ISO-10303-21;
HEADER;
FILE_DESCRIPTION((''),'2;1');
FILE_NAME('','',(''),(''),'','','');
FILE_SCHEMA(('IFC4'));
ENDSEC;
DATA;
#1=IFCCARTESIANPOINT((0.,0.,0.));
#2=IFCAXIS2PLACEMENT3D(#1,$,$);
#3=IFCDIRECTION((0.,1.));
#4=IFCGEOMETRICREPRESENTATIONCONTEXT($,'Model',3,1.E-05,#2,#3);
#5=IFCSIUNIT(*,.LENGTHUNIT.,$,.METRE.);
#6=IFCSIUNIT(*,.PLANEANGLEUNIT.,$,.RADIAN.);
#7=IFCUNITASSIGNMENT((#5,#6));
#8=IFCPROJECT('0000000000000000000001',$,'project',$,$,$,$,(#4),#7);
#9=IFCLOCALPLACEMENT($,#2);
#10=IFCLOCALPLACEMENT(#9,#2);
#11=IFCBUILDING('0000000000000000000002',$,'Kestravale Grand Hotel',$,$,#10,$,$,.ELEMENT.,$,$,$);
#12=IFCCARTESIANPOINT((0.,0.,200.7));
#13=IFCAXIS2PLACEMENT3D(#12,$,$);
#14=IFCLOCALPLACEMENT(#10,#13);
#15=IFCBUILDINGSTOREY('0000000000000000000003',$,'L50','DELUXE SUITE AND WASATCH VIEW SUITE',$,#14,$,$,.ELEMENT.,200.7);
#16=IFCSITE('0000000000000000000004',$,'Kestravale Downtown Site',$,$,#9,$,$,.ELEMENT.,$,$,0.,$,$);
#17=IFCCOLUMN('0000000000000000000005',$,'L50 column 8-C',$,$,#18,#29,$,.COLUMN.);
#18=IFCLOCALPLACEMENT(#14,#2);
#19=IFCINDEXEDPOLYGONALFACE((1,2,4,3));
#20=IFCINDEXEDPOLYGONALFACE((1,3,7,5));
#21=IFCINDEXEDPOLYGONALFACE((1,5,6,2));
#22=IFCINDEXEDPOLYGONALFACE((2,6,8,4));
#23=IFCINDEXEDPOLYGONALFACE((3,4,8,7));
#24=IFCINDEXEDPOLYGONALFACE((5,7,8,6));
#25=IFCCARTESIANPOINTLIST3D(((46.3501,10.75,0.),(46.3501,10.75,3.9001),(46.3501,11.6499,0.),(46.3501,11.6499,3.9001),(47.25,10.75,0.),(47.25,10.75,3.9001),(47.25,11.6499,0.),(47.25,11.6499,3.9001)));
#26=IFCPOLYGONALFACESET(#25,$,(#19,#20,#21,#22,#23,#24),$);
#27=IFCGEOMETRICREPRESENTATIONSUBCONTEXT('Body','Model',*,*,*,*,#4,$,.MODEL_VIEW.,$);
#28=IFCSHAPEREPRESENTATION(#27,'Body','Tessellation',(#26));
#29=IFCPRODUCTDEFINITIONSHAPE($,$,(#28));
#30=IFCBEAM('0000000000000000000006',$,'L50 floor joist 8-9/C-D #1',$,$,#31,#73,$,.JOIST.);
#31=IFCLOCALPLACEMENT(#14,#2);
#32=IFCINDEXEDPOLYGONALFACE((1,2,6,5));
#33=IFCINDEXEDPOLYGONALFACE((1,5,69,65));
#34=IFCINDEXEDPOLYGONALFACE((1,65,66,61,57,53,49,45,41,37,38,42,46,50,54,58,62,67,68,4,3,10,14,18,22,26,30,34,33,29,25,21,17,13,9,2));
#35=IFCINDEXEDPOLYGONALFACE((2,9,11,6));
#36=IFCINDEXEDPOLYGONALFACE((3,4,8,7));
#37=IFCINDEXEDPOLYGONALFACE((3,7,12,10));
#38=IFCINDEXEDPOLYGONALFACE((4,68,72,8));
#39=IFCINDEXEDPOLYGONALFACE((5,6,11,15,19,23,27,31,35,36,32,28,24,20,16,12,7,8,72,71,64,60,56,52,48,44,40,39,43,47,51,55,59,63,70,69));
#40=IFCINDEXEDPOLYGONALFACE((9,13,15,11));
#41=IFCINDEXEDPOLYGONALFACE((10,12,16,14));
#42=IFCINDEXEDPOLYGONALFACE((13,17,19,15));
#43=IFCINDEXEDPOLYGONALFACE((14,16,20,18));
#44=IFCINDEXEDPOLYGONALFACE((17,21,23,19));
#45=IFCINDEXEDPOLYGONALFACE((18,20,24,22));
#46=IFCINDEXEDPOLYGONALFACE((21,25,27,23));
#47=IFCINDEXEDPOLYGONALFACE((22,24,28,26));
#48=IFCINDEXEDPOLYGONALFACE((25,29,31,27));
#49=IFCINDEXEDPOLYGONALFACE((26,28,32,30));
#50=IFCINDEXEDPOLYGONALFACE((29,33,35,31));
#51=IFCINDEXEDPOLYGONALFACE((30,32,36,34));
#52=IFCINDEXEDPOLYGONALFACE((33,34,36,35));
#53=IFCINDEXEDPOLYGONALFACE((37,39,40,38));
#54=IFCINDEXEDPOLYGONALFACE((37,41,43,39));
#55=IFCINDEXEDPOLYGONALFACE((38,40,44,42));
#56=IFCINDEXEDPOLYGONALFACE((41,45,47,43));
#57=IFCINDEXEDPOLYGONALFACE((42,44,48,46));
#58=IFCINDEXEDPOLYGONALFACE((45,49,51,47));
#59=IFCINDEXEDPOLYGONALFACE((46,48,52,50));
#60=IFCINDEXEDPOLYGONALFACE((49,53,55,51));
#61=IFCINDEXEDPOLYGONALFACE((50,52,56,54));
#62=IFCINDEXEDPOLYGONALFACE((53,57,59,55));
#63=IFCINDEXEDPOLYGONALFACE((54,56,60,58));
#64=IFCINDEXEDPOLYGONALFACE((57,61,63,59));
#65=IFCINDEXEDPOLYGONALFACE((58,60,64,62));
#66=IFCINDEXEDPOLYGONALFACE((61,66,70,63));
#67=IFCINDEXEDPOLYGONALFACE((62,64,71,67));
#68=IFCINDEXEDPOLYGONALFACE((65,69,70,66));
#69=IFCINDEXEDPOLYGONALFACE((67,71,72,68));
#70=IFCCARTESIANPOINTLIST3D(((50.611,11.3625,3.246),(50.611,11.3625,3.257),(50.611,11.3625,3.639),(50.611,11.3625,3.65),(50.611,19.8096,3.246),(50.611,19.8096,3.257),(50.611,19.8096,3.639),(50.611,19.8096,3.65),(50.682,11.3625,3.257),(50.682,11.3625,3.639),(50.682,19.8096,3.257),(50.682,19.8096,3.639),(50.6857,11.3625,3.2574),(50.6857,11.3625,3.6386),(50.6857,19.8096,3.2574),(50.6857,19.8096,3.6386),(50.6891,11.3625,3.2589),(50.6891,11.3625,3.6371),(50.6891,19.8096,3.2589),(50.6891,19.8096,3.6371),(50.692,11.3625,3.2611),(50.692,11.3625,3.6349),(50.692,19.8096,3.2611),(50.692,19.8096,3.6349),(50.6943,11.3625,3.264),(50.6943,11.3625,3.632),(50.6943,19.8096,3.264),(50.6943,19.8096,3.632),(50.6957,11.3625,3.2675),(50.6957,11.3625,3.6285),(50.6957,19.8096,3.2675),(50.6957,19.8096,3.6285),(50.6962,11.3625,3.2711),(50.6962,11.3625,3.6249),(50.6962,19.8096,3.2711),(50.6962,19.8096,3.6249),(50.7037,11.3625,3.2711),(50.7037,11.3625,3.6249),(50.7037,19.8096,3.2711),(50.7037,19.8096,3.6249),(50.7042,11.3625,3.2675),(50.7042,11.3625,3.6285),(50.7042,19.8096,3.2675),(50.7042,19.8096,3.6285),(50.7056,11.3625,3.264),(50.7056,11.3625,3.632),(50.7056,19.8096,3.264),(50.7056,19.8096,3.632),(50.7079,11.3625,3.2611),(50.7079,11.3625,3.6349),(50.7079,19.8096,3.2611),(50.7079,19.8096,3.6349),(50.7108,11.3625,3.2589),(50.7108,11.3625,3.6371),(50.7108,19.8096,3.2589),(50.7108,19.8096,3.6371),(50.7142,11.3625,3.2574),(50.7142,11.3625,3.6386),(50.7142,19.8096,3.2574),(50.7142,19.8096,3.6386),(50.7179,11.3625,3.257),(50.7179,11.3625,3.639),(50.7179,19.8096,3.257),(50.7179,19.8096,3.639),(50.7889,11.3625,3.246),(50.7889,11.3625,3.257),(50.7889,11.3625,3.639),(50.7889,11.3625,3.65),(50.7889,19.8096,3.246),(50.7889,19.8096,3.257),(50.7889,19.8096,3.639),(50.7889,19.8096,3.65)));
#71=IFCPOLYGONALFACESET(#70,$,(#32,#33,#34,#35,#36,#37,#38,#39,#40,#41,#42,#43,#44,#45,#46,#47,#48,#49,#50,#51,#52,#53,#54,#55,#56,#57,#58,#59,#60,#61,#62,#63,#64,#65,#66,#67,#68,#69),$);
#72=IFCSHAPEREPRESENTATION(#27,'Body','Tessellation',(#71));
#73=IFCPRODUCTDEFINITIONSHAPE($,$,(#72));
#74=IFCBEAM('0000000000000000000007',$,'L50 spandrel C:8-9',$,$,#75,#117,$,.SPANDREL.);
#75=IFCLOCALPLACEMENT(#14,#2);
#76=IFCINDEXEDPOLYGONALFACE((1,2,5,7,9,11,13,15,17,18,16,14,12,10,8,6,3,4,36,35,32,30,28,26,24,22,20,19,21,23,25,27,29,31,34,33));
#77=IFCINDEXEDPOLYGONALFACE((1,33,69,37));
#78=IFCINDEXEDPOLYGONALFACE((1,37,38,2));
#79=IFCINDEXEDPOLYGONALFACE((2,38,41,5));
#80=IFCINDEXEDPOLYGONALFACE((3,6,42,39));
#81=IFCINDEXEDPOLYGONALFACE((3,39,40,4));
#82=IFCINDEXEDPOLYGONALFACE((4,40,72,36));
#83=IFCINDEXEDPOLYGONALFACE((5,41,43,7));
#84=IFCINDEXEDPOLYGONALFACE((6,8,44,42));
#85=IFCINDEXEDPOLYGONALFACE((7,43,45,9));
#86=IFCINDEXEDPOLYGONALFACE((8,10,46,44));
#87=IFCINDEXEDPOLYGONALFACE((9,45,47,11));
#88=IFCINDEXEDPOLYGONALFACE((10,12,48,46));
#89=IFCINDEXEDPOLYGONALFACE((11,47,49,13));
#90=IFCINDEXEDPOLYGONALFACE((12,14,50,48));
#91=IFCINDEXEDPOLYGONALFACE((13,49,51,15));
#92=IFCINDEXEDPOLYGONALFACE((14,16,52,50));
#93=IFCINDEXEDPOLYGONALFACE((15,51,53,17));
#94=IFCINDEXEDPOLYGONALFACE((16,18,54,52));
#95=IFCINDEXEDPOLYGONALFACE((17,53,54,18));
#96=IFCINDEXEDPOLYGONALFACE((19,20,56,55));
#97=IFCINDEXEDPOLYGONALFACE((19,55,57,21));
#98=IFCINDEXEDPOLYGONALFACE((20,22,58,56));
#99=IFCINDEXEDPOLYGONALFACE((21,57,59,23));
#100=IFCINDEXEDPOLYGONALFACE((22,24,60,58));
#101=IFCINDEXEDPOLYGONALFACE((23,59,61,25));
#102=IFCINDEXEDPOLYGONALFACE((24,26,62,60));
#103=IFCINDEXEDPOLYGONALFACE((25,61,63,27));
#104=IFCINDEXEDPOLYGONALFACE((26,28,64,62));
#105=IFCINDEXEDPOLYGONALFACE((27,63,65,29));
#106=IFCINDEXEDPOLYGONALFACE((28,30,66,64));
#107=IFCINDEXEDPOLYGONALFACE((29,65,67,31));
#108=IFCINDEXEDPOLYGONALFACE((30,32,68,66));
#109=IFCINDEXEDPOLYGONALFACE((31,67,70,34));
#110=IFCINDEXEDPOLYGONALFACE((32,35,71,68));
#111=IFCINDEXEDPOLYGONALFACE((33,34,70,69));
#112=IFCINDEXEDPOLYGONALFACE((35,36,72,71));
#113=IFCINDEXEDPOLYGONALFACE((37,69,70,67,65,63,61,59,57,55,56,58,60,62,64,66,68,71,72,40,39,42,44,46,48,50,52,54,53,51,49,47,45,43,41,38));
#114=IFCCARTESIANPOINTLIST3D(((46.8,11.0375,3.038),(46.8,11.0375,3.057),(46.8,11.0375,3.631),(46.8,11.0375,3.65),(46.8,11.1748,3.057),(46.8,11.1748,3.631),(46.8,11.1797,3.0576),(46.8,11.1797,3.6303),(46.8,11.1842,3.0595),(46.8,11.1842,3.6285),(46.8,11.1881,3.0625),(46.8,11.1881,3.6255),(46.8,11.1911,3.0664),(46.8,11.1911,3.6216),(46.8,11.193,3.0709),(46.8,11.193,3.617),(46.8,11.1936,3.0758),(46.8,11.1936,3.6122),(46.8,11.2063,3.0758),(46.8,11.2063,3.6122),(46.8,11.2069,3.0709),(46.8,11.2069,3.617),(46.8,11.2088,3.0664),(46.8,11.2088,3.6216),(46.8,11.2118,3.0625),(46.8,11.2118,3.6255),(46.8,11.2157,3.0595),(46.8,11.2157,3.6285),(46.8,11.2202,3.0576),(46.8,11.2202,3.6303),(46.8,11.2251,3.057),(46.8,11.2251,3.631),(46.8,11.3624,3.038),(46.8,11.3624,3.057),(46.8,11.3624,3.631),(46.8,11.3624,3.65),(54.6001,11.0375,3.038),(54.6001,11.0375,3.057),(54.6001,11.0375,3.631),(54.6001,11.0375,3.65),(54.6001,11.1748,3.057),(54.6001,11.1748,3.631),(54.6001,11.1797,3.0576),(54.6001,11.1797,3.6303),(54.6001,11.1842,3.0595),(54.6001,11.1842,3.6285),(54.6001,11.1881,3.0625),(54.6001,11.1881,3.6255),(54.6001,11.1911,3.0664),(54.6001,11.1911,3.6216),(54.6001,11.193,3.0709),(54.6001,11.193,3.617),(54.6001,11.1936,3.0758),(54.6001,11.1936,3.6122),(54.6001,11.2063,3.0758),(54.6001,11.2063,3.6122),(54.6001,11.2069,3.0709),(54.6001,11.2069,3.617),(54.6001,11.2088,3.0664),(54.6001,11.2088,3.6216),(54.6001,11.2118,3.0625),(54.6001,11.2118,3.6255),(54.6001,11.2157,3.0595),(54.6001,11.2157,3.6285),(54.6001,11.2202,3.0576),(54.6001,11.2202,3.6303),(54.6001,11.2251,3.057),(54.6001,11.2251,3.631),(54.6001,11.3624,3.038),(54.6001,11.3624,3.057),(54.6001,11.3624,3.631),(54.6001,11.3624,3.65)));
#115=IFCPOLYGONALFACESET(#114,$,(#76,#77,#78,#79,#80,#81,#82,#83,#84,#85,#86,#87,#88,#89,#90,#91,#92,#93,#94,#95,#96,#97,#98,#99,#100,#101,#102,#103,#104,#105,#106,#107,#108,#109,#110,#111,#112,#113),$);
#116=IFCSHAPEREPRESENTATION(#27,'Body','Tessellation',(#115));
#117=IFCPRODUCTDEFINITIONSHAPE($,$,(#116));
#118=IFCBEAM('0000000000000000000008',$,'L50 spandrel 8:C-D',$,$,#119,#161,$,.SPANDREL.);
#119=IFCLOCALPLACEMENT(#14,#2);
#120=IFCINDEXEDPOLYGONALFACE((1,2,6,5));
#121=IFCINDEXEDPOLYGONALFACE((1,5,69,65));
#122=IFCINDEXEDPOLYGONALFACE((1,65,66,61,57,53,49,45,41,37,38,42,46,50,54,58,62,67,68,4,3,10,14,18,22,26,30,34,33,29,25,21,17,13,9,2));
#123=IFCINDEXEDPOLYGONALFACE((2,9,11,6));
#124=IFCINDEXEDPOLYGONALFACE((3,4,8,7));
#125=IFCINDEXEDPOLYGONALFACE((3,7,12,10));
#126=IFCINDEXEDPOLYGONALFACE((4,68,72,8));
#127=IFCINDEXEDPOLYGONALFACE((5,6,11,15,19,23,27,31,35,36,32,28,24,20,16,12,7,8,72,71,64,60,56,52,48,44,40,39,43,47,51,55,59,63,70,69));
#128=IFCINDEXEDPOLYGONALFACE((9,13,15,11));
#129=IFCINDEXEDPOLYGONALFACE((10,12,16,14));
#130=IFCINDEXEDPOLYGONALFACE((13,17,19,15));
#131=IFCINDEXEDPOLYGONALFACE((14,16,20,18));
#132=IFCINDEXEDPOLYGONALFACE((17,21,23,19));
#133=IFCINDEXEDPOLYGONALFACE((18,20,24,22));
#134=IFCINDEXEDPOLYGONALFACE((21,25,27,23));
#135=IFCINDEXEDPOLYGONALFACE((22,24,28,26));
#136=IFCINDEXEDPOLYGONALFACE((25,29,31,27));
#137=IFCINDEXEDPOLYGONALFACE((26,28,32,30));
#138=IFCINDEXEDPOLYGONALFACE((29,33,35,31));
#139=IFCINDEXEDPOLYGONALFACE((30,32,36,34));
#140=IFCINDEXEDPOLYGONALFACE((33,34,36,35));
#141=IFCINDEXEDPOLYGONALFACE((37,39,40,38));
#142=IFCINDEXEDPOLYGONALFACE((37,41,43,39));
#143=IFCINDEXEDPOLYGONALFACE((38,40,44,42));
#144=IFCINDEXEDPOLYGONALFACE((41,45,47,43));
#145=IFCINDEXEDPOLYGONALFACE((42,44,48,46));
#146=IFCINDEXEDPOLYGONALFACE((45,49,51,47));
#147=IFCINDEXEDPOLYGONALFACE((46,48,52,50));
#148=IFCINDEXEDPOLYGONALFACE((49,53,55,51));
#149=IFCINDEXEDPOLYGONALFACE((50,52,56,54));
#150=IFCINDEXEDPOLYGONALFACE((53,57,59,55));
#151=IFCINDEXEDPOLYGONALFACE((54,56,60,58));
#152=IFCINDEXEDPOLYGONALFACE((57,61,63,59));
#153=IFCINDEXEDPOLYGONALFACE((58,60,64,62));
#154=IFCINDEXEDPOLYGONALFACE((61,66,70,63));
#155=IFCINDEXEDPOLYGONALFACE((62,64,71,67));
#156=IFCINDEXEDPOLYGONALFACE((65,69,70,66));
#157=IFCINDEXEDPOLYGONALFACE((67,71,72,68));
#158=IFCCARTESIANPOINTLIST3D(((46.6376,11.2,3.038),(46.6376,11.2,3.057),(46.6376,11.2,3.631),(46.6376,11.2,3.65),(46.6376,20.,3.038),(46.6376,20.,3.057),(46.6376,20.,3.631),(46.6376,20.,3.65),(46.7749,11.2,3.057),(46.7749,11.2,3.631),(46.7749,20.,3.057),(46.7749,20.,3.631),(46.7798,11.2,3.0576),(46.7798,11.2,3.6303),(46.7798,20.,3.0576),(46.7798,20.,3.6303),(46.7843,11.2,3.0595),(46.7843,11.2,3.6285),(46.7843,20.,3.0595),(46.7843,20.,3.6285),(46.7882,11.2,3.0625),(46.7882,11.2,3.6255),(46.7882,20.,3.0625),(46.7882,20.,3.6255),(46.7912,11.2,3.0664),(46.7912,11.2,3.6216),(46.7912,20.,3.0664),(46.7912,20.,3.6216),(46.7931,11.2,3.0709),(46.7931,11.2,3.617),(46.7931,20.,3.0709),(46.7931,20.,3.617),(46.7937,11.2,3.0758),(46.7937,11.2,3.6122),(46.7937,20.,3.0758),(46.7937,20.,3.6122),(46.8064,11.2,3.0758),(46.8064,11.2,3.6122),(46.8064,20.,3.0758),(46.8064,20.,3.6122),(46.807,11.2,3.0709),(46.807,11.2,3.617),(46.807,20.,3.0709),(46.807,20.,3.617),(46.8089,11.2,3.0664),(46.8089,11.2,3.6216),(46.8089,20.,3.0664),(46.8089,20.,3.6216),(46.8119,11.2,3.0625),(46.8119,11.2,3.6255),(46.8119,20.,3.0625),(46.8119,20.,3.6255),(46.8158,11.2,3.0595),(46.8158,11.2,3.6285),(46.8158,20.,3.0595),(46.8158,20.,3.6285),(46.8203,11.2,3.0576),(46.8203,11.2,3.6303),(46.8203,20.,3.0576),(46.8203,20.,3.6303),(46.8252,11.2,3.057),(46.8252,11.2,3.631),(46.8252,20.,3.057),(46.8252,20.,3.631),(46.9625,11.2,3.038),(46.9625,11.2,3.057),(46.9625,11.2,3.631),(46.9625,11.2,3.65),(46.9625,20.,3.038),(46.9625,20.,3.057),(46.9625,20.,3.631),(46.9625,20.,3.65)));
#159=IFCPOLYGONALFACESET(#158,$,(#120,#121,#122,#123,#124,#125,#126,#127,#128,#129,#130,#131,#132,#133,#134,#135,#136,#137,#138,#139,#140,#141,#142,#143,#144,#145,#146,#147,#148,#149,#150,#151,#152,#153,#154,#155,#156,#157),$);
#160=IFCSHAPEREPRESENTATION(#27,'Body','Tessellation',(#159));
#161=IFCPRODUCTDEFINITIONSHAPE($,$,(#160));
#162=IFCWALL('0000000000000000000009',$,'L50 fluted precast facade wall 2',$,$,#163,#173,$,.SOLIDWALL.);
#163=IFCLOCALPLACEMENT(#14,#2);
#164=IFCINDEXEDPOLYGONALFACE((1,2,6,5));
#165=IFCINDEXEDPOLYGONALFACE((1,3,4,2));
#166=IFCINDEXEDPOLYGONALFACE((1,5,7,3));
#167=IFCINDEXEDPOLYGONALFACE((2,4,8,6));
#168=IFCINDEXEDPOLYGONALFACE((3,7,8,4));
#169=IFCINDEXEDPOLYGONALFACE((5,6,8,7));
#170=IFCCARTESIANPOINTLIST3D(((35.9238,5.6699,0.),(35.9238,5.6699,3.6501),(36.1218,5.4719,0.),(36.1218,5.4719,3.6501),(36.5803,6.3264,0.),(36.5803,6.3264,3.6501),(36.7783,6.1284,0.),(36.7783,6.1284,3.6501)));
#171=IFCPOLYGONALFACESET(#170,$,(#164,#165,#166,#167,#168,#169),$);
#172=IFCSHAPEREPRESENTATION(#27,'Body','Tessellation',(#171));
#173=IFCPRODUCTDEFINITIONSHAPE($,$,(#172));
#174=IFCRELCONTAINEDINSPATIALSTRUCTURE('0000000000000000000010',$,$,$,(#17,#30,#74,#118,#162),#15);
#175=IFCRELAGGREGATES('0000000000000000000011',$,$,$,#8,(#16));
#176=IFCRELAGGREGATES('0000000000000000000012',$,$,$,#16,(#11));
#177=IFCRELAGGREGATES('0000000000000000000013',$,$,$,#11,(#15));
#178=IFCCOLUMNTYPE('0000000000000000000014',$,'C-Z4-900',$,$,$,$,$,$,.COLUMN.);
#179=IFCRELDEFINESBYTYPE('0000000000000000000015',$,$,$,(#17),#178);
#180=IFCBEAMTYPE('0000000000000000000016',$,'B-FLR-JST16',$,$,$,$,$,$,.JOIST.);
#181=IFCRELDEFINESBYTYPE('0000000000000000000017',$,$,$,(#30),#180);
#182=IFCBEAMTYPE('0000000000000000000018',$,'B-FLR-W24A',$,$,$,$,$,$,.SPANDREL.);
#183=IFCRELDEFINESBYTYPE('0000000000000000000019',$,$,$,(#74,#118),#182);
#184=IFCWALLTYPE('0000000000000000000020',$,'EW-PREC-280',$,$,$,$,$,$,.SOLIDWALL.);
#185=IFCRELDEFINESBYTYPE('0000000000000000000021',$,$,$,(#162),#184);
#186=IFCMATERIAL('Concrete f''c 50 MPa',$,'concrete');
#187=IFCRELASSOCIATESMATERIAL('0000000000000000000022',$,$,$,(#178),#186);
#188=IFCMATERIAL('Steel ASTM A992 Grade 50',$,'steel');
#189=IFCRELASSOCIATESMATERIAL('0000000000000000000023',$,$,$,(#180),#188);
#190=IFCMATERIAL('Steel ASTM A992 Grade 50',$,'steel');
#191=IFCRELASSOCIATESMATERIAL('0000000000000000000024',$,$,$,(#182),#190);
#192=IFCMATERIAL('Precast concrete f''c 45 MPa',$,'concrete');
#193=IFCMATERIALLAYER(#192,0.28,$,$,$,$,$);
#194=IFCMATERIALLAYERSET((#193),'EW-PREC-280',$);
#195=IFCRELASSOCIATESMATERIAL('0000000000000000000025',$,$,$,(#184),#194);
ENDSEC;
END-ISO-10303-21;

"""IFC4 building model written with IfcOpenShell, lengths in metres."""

from ifc_helpers import new_model, si_unit, direction, frame, frame_2d, origin, origin_2d, place, context, subcontext, project, spatial, rectangle, i_section, extrude, material, layer, layer_set, material_profile, profile_set, type_object, element, save


model = new_model("IFC4")

# Units and contexts
model_context = context("Model", 3, precision=1e-05, world=origin(), true_north=direction((0.0, 1.0)))
body_context = subcontext(model_context, "Body", "Model", "MODEL_VIEW")
ifc_project = project(units=[si_unit("LENGTHUNIT", "METRE"), si_unit("PLANEANGLEUNIT", "RADIAN")], contexts=[model_context])

# Site, building, storey
site_placement = place(None, origin())
site = spatial("IfcSite", under=ifc_project, at=site_placement, Name="Kestravale Downtown Site", CompositionType="ELEMENT", RefElevation=0.0)
building_placement = place(site_placement, origin())
building = spatial("IfcBuilding", under=site, at=building_placement, Name="Kestravale Grand Hotel", CompositionType="ELEMENT")
storey_placement = place(building_placement, frame((0.0, 0.0, 200.7)))
storey = spatial("IfcBuildingStorey", under=building, at=storey_placement, Name="L50", Description="DELUXE SUITE AND WASATCH VIEW SUITE", CompositionType="ELEMENT", Elevation=200.7)

# Column
ifc_material_1 = material(Name="Concrete f'c 50 MPa", Category="concrete")
ifc_material_profile_1 = material_profile(ifc_material_1, rectangle(XDim=0.8999, YDim=0.8999, at=origin_2d()))
ifc_profile_set_1 = profile_set([ifc_material_profile_1], Name="Concrete f'c 50 MPa")
column_type = type_object("IfcColumnType", Name="C-Z4-900", PredefinedType="COLUMN", material=ifc_profile_set_1)
column_placement = place(storey_placement, frame((46.8, 11.2, 0.0), z_axis=(0.0, 0.0, 1.0), x_axis=(1.0, 0.0, 0.0)))
element("IfcColumn", 1, at=column_placement, inside=storey, type_object=column_type, Name="L50 column 8-C", PredefinedType="COLUMN", context=body_context, shape_type="SweptSolid", body=[
    extrude(rectangle(XDim=0.8999, YDim=0.8999, at=origin_2d()), origin(), (0.0, 0.0, 1.0), 3.9001),
])

# Beams
ifc_material_2 = material(Name="Steel ASTM A992 Grade 50", Category="steel")
ifc_material_profile_2 = material_profile(ifc_material_2, i_section(OverallWidth=0.178, OverallDepth=0.4041, WebThickness=0.0076, FlangeThickness=0.011, FilletRadius=0.0142, at=origin_2d()))
ifc_profile_set_2 = profile_set([ifc_material_profile_2], Name="Steel ASTM A992 Grade 50")
beam_type_1 = type_object("IfcBeamType", Name="B-FLR-JST16", PredefinedType="JOIST", material=ifc_profile_set_2)
beam_1_placement = place(storey_placement, frame((50.7, 11.3625, 3.448), z_axis=(0.0, 1.0, 0.0), x_axis=(-1.0, 0.0, 0.0)))
element("IfcBeam", 2, at=beam_1_placement, inside=storey, type_object=beam_type_1, Name="L50 floor joist 8-9/C-D #1", PredefinedType="JOIST", context=body_context, shape_type="SweptSolid", body=[
    extrude(i_section(OverallWidth=0.178, OverallDepth=0.4041, WebThickness=0.0076, FlangeThickness=0.011, FilletRadius=0.0142, at=origin_2d()), origin(), (0.0, 0.0, 1.0), 8.447),
])
ifc_material_3 = material(Name="Steel ASTM A992 Grade 50", Category="steel")
ifc_material_profile_3 = material_profile(ifc_material_3, i_section(OverallWidth=0.325, OverallDepth=0.6121, WebThickness=0.0127, FlangeThickness=0.019, FilletRadius=0.0188, at=origin_2d()))
ifc_profile_set_3 = profile_set([ifc_material_profile_3], Name="Steel ASTM A992 Grade 50")
beam_type_2 = type_object("IfcBeamType", Name="B-FLR-W24A", PredefinedType="SPANDREL", material=ifc_profile_set_3)
beam_2_placement = place(storey_placement, frame((46.8, 11.2, 3.344), z_axis=(1.0, 0.0, 0.0), x_axis=(0.0, 1.0, 0.0)))
element("IfcBeam", 3, at=beam_2_placement, inside=storey, type_object=beam_type_2, Name="L50 spandrel C:8-9", PredefinedType="SPANDREL", context=body_context, shape_type="SweptSolid", body=[
    extrude(i_section(OverallWidth=0.325, OverallDepth=0.6121, WebThickness=0.0127, FlangeThickness=0.019, FilletRadius=0.0188, at=origin_2d()), origin(), (0.0, 0.0, 1.0), 7.8),
])
beam_3_placement = place(storey_placement, frame((46.8, 11.2, 3.344), z_axis=(0.0, 1.0, 0.0), x_axis=(-1.0, 0.0, 0.0)))
element("IfcBeam", 4, at=beam_3_placement, inside=storey, type_object=beam_type_2, Name="L50 spandrel 8:C-D", PredefinedType="SPANDREL", context=body_context, shape_type="SweptSolid", body=[
    extrude(i_section(OverallWidth=0.325, OverallDepth=0.6121, WebThickness=0.0127, FlangeThickness=0.019, FilletRadius=0.0188, at=origin_2d()), origin(), (0.0, 0.0, 1.0), 8.8),
])

# Wall
ifc_material_4 = material(Name="Precast concrete f'c 45 MPa", Category="concrete")
ifc_layer_1 = layer(ifc_material_4, 0.28)
ifc_layer_set_1 = layer_set([ifc_layer_1], Name="EW-PREC-280")
wall_type_1 = type_object("IfcWallType", Name="EW-PREC-280", PredefinedType="SOLIDWALL", material=ifc_layer_set_1)
wall_1_placement = place(storey_placement, frame((36.0227, 5.5708, 0.0), z_axis=(0.0, 0.0, 1.0), x_axis=(0.707107, 0.707107, 0.0)))
element("IfcWall", 5, at=wall_1_placement, inside=storey, type_object=wall_type_1, Name="L50 fluted precast facade wall 2", PredefinedType="SOLIDWALL", context=body_context, shape_type="SweptSolid", body=[
    extrude(rectangle(XDim=0.9285, YDim=0.28, at=frame_2d((0.4644, 0.0))), origin(), (0.0, 0.0, 1.0), 3.6501),
])

save(model, "model.ifc")
